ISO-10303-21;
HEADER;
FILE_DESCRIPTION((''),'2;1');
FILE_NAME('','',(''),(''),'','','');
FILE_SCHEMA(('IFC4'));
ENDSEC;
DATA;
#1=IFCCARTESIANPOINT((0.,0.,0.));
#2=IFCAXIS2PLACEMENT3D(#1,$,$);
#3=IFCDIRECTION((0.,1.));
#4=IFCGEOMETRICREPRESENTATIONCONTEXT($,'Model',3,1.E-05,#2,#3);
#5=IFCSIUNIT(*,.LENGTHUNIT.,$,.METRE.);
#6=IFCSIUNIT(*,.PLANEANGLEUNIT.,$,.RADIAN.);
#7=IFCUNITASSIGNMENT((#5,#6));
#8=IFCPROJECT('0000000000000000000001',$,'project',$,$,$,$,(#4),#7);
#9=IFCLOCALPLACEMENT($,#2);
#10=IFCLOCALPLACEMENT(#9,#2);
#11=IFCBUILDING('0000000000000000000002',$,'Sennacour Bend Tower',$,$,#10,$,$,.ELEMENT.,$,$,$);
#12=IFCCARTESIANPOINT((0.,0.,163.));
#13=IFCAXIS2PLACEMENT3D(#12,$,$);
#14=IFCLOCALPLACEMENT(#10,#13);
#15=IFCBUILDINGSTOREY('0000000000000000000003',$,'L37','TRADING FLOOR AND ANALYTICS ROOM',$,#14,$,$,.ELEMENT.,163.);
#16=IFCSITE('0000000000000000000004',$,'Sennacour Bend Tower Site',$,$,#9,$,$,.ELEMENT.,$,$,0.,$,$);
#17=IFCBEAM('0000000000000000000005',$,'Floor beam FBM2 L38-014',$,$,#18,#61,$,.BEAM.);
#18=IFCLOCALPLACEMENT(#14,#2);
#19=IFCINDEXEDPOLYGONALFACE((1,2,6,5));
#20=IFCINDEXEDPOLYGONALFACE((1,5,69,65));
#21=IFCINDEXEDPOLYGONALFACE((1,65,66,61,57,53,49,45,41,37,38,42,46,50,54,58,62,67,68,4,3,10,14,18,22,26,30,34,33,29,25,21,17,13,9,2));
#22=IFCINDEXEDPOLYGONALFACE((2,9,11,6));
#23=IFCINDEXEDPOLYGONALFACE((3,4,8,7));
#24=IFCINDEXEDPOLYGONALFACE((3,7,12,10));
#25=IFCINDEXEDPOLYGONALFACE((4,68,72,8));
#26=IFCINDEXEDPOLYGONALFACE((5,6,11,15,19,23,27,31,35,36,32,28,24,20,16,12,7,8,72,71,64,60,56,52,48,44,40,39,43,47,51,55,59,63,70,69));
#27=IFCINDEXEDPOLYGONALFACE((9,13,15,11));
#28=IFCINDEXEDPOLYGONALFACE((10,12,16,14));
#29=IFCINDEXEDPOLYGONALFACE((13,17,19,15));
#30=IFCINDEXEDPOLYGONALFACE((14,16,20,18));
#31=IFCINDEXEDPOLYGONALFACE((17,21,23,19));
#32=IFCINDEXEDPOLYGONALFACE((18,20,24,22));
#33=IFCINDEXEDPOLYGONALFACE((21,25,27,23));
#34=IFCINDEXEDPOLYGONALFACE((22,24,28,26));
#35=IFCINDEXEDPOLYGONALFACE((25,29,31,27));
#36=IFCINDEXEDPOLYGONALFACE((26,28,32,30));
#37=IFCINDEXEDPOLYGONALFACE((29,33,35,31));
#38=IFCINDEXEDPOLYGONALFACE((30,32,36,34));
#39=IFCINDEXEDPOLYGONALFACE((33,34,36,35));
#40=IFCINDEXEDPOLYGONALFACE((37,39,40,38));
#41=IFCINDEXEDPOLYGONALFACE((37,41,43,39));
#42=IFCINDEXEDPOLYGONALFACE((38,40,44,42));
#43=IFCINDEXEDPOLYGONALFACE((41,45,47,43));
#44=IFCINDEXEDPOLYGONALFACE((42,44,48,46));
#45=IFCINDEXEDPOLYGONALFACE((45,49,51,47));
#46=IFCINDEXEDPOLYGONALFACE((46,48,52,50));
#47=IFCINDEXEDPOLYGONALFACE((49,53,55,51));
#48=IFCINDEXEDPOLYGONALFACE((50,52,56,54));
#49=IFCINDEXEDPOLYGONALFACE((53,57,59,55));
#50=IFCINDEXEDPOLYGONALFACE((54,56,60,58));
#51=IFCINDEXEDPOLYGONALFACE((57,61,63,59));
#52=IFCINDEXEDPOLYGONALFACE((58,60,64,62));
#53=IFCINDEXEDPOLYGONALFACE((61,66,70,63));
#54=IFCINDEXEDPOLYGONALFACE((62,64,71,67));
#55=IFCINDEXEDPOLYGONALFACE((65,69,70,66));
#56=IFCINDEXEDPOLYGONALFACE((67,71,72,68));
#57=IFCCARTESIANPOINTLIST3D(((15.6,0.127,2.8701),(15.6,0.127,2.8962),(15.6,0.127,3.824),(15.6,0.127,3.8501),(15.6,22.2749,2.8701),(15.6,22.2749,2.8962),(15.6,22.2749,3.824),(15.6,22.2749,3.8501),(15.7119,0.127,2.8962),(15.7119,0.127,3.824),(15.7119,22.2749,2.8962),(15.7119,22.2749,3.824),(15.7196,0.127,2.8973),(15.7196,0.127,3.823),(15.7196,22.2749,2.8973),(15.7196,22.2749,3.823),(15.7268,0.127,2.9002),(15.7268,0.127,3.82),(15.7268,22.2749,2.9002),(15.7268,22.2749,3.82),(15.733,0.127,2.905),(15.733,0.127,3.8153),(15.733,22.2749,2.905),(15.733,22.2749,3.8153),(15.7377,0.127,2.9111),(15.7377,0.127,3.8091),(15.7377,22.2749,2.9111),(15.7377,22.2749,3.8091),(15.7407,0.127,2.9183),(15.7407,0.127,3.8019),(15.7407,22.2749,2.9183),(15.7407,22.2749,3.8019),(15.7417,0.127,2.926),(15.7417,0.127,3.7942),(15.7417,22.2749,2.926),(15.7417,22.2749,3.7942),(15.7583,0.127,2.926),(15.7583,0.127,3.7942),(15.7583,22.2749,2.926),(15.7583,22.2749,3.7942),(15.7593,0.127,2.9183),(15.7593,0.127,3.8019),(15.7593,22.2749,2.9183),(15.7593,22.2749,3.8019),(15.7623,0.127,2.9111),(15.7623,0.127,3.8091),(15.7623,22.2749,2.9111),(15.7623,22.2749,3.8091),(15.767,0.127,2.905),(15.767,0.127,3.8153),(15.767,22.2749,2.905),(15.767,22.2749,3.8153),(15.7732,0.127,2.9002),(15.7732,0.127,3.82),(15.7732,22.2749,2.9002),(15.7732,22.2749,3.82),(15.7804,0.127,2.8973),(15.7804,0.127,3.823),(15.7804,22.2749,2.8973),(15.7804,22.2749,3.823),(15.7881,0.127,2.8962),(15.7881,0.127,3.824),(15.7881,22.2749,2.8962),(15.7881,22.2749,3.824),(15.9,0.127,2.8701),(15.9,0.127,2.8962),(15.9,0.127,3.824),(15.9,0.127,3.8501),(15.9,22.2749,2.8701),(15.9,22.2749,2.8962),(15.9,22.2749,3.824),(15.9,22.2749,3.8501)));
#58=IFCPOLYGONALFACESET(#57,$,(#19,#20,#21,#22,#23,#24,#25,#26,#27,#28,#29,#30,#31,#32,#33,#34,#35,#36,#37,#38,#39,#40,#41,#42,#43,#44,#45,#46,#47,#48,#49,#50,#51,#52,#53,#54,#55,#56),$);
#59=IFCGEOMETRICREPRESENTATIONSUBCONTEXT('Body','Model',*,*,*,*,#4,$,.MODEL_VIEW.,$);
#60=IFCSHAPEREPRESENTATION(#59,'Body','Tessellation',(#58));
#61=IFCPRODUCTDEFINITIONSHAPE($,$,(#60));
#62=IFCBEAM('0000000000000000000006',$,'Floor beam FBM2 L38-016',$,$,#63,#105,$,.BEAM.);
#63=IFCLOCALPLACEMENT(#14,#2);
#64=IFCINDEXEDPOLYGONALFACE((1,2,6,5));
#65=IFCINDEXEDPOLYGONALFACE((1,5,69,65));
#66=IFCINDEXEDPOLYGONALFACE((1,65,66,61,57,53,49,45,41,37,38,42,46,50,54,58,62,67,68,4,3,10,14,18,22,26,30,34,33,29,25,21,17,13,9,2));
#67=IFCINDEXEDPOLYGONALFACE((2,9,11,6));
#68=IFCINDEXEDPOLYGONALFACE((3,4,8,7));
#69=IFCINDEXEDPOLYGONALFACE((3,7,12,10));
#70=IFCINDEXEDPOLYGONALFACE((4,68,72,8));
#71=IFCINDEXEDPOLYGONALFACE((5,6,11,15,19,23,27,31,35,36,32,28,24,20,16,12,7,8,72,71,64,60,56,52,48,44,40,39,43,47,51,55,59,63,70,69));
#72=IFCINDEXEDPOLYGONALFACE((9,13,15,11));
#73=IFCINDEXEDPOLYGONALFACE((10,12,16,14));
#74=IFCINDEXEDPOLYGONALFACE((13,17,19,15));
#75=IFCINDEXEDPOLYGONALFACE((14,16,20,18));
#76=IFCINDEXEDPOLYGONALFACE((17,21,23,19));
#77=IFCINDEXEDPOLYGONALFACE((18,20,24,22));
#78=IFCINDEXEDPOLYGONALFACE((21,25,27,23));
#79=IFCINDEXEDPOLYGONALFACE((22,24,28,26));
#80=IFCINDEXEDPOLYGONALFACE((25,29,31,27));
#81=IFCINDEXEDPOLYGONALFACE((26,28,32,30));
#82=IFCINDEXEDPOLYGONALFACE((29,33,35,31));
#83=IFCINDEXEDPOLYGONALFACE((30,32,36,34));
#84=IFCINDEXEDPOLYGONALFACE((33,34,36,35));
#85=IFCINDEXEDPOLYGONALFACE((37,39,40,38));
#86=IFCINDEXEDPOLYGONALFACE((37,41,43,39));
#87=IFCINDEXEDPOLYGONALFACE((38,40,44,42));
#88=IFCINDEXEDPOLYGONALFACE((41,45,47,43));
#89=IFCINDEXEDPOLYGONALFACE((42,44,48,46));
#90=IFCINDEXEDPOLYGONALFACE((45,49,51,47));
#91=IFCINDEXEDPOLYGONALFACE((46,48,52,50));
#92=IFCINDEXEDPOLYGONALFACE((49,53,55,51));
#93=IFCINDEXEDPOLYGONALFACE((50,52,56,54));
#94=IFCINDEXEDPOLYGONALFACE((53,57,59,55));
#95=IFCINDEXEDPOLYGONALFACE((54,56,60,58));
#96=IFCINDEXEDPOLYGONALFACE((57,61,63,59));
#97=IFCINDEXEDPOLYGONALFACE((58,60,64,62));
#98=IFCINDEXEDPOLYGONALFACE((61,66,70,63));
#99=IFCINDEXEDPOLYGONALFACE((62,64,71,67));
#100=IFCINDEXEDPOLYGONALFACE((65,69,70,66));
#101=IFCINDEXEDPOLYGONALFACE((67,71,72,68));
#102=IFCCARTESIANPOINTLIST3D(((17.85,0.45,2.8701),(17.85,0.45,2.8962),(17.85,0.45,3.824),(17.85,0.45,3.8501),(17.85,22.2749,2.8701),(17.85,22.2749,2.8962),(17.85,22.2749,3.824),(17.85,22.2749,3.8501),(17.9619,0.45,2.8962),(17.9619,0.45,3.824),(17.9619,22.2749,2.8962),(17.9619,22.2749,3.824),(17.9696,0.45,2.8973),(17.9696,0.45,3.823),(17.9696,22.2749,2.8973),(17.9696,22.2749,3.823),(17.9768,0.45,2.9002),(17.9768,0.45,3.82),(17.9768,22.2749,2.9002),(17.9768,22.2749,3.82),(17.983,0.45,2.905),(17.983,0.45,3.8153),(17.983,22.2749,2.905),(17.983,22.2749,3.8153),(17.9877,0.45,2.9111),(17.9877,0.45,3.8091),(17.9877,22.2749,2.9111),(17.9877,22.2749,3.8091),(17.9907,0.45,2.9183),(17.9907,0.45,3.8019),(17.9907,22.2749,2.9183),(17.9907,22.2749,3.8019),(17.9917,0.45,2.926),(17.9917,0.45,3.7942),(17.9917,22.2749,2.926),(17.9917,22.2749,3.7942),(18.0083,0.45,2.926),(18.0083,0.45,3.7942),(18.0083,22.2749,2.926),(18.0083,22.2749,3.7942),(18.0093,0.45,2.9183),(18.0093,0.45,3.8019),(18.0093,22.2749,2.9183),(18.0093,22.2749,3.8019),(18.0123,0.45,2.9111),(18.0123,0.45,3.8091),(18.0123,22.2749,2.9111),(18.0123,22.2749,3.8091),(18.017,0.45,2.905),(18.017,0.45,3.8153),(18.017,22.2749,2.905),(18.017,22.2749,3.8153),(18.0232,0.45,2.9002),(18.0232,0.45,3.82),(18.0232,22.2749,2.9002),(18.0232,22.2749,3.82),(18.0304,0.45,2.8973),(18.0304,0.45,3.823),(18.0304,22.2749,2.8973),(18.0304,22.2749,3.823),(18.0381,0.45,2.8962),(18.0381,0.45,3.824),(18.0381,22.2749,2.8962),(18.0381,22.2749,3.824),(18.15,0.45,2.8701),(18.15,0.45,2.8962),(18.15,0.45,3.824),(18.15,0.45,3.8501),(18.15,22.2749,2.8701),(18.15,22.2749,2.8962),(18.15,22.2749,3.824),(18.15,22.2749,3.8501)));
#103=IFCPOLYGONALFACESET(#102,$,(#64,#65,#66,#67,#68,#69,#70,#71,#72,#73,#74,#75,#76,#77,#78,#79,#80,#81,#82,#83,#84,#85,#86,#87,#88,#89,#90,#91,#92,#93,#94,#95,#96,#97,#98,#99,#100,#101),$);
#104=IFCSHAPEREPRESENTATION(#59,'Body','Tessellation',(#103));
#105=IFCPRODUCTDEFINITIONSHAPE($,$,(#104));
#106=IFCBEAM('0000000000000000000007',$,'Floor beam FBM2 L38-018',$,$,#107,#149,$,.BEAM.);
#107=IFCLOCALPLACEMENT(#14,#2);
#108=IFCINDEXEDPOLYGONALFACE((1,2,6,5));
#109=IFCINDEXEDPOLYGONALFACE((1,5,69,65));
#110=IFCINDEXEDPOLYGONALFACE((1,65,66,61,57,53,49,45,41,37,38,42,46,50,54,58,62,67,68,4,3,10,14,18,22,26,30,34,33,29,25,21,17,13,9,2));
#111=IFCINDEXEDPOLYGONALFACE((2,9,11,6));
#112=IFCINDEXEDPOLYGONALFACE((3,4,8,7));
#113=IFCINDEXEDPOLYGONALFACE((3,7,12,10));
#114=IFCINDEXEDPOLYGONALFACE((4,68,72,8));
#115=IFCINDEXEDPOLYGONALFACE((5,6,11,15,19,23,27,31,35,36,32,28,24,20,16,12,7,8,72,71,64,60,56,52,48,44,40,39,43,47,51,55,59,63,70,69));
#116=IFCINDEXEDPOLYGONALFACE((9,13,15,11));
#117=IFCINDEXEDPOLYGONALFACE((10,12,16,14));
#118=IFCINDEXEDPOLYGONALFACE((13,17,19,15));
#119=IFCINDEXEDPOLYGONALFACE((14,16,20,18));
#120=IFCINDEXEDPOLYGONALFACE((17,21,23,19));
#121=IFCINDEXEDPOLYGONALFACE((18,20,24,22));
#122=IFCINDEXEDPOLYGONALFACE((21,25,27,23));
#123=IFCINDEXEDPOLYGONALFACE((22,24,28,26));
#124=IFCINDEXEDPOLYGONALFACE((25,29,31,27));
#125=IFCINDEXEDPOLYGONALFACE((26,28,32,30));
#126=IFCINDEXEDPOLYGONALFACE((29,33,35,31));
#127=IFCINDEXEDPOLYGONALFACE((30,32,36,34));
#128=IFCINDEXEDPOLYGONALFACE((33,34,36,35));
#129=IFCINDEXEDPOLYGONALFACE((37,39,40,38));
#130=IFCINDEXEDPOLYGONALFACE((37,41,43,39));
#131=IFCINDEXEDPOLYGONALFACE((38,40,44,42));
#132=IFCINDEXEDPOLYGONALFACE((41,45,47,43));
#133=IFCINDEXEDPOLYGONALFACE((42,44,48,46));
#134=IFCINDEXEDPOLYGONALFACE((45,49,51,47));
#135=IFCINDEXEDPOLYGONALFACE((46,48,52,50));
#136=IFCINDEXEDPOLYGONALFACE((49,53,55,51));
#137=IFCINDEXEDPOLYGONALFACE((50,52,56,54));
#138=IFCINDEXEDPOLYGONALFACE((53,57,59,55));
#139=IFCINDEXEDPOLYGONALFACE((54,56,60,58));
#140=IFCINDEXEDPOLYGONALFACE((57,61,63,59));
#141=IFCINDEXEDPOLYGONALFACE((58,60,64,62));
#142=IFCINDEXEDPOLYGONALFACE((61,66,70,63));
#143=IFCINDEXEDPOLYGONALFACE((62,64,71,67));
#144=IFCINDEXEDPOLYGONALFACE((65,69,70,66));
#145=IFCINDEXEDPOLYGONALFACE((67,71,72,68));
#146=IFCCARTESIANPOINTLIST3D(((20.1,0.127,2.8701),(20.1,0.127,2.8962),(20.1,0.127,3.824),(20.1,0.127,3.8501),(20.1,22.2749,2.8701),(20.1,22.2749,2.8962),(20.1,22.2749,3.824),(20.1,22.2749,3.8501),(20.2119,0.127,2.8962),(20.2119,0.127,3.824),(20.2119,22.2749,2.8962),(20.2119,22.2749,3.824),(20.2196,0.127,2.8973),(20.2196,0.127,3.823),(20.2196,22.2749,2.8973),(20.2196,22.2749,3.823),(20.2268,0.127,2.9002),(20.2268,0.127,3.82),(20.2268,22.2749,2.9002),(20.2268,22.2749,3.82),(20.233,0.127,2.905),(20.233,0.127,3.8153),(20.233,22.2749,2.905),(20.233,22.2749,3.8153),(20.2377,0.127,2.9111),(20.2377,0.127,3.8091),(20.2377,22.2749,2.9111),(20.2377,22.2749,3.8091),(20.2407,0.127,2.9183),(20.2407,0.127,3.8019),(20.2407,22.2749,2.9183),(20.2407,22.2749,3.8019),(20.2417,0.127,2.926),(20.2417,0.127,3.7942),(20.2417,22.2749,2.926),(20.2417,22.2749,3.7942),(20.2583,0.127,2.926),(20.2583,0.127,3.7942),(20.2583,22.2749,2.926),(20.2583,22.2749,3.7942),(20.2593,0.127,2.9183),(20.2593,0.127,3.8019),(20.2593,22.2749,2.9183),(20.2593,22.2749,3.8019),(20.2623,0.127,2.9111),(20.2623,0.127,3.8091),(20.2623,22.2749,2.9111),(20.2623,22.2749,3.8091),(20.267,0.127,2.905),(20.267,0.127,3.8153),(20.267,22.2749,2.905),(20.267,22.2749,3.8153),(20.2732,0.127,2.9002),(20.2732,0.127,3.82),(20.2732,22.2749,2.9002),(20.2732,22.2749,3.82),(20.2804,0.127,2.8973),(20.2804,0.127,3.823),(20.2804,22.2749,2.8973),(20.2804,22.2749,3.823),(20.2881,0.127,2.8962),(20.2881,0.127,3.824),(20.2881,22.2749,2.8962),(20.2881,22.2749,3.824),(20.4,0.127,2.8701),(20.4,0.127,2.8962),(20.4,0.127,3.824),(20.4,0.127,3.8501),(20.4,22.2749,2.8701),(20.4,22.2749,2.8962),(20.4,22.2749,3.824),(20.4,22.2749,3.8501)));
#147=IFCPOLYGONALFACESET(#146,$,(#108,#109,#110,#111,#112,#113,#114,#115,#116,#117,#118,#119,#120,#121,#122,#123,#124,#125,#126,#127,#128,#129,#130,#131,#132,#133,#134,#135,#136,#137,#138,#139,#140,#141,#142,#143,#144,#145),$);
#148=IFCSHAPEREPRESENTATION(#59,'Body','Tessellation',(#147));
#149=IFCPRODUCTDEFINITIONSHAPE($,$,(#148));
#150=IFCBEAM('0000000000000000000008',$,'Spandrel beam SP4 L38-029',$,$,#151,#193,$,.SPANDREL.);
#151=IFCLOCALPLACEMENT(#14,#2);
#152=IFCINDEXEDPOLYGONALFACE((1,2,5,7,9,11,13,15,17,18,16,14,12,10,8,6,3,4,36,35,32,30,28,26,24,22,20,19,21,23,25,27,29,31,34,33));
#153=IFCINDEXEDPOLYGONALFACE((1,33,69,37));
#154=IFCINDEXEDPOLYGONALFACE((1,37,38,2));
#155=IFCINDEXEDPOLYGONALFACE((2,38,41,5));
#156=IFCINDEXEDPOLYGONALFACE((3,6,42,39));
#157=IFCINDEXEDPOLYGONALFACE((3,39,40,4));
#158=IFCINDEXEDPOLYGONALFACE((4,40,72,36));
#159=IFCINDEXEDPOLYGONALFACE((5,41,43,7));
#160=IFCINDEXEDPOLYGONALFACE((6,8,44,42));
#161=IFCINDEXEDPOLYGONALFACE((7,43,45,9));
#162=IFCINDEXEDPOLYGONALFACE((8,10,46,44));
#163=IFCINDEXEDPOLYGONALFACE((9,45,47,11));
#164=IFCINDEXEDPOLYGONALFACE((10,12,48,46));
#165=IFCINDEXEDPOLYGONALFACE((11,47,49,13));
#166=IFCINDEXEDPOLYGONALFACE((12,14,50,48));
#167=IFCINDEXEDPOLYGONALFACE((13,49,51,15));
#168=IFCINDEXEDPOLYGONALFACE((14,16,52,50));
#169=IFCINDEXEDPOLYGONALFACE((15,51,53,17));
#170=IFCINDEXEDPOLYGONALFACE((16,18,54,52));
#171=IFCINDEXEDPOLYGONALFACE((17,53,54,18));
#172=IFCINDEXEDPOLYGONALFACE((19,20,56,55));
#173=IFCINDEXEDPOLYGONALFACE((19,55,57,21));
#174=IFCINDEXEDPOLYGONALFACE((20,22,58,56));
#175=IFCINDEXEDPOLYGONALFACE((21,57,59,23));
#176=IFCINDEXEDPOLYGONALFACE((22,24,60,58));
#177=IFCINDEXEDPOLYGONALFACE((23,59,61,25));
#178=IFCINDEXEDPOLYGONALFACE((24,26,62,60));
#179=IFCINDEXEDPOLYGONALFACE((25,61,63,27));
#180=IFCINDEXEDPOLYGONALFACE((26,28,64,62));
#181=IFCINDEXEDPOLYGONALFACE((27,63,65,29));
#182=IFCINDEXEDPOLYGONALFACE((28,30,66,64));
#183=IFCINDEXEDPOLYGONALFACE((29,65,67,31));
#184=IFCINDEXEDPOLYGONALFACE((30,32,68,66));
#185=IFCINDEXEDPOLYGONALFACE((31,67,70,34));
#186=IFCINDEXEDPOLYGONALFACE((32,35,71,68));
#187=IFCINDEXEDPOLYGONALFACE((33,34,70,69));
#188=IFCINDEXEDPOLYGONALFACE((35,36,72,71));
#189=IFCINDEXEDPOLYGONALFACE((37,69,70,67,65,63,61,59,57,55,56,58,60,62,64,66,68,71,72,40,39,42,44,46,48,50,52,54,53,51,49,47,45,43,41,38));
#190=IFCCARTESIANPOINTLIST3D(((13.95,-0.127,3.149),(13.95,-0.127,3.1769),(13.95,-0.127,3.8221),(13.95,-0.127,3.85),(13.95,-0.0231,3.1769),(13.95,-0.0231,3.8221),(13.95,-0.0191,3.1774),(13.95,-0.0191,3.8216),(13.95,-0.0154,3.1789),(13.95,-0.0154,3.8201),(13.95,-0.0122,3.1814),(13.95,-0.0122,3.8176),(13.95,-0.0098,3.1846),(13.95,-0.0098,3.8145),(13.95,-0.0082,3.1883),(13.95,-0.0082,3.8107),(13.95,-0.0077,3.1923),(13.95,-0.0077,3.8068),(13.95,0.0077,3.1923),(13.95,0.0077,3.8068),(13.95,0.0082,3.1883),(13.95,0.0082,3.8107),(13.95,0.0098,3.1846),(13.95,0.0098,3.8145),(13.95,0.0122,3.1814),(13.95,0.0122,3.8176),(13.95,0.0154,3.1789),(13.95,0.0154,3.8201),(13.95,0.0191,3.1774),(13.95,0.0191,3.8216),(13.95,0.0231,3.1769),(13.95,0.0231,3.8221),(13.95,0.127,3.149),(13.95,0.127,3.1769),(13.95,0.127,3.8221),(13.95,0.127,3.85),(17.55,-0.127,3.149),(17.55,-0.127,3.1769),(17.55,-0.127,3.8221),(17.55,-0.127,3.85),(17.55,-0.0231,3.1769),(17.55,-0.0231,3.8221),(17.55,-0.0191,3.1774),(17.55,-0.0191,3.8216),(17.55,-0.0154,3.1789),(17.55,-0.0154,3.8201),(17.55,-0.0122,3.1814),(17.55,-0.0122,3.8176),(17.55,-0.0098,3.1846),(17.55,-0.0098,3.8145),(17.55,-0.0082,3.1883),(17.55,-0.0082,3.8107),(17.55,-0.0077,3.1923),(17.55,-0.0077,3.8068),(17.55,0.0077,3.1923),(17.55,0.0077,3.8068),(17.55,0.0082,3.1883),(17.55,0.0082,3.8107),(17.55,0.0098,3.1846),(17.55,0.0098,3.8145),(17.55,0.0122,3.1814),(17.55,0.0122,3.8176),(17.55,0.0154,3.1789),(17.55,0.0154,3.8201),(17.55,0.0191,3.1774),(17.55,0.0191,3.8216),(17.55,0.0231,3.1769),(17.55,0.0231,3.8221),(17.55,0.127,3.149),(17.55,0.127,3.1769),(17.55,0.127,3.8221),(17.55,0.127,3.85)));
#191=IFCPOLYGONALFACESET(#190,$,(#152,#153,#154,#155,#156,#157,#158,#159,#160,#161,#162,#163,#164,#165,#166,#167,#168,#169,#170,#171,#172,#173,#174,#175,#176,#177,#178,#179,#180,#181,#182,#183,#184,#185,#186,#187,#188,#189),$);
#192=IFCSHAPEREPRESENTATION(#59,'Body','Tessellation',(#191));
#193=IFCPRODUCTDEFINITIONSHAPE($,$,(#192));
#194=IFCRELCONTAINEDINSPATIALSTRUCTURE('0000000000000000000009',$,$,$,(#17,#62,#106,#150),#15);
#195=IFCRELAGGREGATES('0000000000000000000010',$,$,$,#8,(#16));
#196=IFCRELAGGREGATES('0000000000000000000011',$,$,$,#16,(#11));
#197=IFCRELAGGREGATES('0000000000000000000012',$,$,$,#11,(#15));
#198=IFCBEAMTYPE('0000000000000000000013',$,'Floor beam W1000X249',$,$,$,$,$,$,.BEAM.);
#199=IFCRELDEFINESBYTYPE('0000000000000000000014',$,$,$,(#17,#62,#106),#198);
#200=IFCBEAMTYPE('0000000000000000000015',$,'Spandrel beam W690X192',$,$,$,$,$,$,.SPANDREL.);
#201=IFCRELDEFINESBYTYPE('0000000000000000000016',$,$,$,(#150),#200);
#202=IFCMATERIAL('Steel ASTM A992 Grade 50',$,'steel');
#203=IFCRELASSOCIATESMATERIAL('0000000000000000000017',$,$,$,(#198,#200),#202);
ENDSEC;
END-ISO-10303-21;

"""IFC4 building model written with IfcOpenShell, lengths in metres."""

from ifc_helpers import new_model, si_unit, direction, frame, origin, origin_2d, place, context, subcontext, project, spatial, i_section, extrude, material, material_profile, profile_set, type_object, element, save


model = new_model("IFC4")

# Units and contexts
model_context = context("Model", 3, precision=1e-05, world=origin(), true_north=direction((0.0, 1.0)))
body_context = subcontext(model_context, "Body", "Model", "MODEL_VIEW")
ifc_project = project(units=[si_unit("LENGTHUNIT", "METRE"), si_unit("PLANEANGLEUNIT", "RADIAN")], contexts=[model_context])

# Site, building, storey
site_placement = place(None, origin())
site = spatial("IfcSite", under=ifc_project, at=site_placement, Name="Sennacour Bend Tower Site", CompositionType="ELEMENT", RefElevation=0.0)
building_placement = place(site_placement, origin())
building = spatial("IfcBuilding", under=site, at=building_placement, Name="Sennacour Bend Tower", CompositionType="ELEMENT")
storey_placement = place(building_placement, frame((0.0, 0.0, 163.0)))
storey = spatial("IfcBuildingStorey", under=building, at=storey_placement, Name="L37", Description="TRADING FLOOR AND ANALYTICS ROOM", CompositionType="ELEMENT", Elevation=163.0)

# Beams
ifc_material_1 = material(Name="Steel ASTM A992 Grade 50", Category="steel")
ifc_material_profile_1 = material_profile(ifc_material_1, i_section(OverallWidth=0.3, OverallDepth=0.98, WebThickness=0.0166, FlangeThickness=0.0261, FilletRadius=0.0298, at=origin_2d()), Name="Steel ASTM A992 Grade 50", Category="steel")
ifc_profile_set_1 = profile_set([ifc_material_profile_1], Name="Steel ASTM A992 Grade 50")
beam_type_1 = type_object("IfcBeamType", Name="Floor beam W1000X249", PredefinedType="BEAM", material=ifc_profile_set_1)
beam_1_placement = place(storey_placement, frame((15.75, 0.127, 3.3601), z_axis=(0.0, 1.0, 0.0), x_axis=(-1.0, 0.0, 0.0)))
element("IfcBeam", 1, at=beam_1_placement, inside=storey, type_object=beam_type_1, Name="Floor beam FBM2 L38-014", PredefinedType="BEAM", context=body_context, shape_type="SweptSolid", body=[
    extrude(i_section(OverallWidth=0.3, OverallDepth=0.98, WebThickness=0.0166, FlangeThickness=0.0261, FilletRadius=0.0298, at=origin_2d()), origin(), (0.0, 0.0, 1.0), 22.1479),
])
beam_2_placement = place(storey_placement, frame((18.0, 0.45, 3.3601), z_axis=(0.0, 1.0, 0.0), x_axis=(-1.0, 0.0, 0.0)))
element("IfcBeam", 2, at=beam_2_placement, inside=storey, type_object=beam_type_1, Name="Floor beam FBM2 L38-016", PredefinedType="BEAM", context=body_context, shape_type="SweptSolid", body=[
    extrude(i_section(OverallWidth=0.3, OverallDepth=0.98, WebThickness=0.0166, FlangeThickness=0.0261, FilletRadius=0.0298, at=origin_2d()), origin(), (0.0, 0.0, 1.0), 21.825),
])
beam_3_placement = place(storey_placement, frame((20.25, 0.127, 3.3601), z_axis=(0.0, 1.0, 0.0), x_axis=(-1.0, 0.0, 0.0)))
element("IfcBeam", 3, at=beam_3_placement, inside=storey, type_object=beam_type_1, Name="Floor beam FBM2 L38-018", PredefinedType="BEAM", context=body_context, shape_type="SweptSolid", body=[
    extrude(i_section(OverallWidth=0.3, OverallDepth=0.98, WebThickness=0.0166, FlangeThickness=0.0261, FilletRadius=0.0298, at=origin_2d()), origin(), (0.0, 0.0, 1.0), 22.1479),
])
ifc_material_profile_2 = material_profile(ifc_material_1, i_section(OverallWidth=0.2539, OverallDepth=0.7009, WebThickness=0.0154, FlangeThickness=0.0278, FilletRadius=0.0154, at=origin_2d()), Name="Steel ASTM A992 Grade 50", Category="steel")
ifc_profile_set_2 = profile_set([ifc_material_profile_2], Name="Steel ASTM A992 Grade 50")
beam_type_2 = type_object("IfcBeamType", Name="Spandrel beam W690X192", PredefinedType="SPANDREL", material=ifc_profile_set_2)
for number, where, z_axis, x_axis, name in (
    (4, (17.55, 0.0, 3.4995), (-1.0, 0.0, 0.0), (0.0, -1.0, 0.0), "Spandrel beam SP4 L38-029"),
):
    element("IfcBeam", number, at=place(storey_placement, frame(where, z_axis=z_axis, x_axis=x_axis)), inside=storey, type_object=beam_type_2, Name=name, PredefinedType="SPANDREL", context=body_context, shape_type="SweptSolid", body=[
        extrude(i_section(OverallWidth=0.2539, OverallDepth=0.7009, WebThickness=0.0154, FlangeThickness=0.0278, FilletRadius=0.0154, at=origin_2d()), origin(), (0.0, 0.0, 1.0), 3.6001),
    ])

save(model, "model.ifc")
